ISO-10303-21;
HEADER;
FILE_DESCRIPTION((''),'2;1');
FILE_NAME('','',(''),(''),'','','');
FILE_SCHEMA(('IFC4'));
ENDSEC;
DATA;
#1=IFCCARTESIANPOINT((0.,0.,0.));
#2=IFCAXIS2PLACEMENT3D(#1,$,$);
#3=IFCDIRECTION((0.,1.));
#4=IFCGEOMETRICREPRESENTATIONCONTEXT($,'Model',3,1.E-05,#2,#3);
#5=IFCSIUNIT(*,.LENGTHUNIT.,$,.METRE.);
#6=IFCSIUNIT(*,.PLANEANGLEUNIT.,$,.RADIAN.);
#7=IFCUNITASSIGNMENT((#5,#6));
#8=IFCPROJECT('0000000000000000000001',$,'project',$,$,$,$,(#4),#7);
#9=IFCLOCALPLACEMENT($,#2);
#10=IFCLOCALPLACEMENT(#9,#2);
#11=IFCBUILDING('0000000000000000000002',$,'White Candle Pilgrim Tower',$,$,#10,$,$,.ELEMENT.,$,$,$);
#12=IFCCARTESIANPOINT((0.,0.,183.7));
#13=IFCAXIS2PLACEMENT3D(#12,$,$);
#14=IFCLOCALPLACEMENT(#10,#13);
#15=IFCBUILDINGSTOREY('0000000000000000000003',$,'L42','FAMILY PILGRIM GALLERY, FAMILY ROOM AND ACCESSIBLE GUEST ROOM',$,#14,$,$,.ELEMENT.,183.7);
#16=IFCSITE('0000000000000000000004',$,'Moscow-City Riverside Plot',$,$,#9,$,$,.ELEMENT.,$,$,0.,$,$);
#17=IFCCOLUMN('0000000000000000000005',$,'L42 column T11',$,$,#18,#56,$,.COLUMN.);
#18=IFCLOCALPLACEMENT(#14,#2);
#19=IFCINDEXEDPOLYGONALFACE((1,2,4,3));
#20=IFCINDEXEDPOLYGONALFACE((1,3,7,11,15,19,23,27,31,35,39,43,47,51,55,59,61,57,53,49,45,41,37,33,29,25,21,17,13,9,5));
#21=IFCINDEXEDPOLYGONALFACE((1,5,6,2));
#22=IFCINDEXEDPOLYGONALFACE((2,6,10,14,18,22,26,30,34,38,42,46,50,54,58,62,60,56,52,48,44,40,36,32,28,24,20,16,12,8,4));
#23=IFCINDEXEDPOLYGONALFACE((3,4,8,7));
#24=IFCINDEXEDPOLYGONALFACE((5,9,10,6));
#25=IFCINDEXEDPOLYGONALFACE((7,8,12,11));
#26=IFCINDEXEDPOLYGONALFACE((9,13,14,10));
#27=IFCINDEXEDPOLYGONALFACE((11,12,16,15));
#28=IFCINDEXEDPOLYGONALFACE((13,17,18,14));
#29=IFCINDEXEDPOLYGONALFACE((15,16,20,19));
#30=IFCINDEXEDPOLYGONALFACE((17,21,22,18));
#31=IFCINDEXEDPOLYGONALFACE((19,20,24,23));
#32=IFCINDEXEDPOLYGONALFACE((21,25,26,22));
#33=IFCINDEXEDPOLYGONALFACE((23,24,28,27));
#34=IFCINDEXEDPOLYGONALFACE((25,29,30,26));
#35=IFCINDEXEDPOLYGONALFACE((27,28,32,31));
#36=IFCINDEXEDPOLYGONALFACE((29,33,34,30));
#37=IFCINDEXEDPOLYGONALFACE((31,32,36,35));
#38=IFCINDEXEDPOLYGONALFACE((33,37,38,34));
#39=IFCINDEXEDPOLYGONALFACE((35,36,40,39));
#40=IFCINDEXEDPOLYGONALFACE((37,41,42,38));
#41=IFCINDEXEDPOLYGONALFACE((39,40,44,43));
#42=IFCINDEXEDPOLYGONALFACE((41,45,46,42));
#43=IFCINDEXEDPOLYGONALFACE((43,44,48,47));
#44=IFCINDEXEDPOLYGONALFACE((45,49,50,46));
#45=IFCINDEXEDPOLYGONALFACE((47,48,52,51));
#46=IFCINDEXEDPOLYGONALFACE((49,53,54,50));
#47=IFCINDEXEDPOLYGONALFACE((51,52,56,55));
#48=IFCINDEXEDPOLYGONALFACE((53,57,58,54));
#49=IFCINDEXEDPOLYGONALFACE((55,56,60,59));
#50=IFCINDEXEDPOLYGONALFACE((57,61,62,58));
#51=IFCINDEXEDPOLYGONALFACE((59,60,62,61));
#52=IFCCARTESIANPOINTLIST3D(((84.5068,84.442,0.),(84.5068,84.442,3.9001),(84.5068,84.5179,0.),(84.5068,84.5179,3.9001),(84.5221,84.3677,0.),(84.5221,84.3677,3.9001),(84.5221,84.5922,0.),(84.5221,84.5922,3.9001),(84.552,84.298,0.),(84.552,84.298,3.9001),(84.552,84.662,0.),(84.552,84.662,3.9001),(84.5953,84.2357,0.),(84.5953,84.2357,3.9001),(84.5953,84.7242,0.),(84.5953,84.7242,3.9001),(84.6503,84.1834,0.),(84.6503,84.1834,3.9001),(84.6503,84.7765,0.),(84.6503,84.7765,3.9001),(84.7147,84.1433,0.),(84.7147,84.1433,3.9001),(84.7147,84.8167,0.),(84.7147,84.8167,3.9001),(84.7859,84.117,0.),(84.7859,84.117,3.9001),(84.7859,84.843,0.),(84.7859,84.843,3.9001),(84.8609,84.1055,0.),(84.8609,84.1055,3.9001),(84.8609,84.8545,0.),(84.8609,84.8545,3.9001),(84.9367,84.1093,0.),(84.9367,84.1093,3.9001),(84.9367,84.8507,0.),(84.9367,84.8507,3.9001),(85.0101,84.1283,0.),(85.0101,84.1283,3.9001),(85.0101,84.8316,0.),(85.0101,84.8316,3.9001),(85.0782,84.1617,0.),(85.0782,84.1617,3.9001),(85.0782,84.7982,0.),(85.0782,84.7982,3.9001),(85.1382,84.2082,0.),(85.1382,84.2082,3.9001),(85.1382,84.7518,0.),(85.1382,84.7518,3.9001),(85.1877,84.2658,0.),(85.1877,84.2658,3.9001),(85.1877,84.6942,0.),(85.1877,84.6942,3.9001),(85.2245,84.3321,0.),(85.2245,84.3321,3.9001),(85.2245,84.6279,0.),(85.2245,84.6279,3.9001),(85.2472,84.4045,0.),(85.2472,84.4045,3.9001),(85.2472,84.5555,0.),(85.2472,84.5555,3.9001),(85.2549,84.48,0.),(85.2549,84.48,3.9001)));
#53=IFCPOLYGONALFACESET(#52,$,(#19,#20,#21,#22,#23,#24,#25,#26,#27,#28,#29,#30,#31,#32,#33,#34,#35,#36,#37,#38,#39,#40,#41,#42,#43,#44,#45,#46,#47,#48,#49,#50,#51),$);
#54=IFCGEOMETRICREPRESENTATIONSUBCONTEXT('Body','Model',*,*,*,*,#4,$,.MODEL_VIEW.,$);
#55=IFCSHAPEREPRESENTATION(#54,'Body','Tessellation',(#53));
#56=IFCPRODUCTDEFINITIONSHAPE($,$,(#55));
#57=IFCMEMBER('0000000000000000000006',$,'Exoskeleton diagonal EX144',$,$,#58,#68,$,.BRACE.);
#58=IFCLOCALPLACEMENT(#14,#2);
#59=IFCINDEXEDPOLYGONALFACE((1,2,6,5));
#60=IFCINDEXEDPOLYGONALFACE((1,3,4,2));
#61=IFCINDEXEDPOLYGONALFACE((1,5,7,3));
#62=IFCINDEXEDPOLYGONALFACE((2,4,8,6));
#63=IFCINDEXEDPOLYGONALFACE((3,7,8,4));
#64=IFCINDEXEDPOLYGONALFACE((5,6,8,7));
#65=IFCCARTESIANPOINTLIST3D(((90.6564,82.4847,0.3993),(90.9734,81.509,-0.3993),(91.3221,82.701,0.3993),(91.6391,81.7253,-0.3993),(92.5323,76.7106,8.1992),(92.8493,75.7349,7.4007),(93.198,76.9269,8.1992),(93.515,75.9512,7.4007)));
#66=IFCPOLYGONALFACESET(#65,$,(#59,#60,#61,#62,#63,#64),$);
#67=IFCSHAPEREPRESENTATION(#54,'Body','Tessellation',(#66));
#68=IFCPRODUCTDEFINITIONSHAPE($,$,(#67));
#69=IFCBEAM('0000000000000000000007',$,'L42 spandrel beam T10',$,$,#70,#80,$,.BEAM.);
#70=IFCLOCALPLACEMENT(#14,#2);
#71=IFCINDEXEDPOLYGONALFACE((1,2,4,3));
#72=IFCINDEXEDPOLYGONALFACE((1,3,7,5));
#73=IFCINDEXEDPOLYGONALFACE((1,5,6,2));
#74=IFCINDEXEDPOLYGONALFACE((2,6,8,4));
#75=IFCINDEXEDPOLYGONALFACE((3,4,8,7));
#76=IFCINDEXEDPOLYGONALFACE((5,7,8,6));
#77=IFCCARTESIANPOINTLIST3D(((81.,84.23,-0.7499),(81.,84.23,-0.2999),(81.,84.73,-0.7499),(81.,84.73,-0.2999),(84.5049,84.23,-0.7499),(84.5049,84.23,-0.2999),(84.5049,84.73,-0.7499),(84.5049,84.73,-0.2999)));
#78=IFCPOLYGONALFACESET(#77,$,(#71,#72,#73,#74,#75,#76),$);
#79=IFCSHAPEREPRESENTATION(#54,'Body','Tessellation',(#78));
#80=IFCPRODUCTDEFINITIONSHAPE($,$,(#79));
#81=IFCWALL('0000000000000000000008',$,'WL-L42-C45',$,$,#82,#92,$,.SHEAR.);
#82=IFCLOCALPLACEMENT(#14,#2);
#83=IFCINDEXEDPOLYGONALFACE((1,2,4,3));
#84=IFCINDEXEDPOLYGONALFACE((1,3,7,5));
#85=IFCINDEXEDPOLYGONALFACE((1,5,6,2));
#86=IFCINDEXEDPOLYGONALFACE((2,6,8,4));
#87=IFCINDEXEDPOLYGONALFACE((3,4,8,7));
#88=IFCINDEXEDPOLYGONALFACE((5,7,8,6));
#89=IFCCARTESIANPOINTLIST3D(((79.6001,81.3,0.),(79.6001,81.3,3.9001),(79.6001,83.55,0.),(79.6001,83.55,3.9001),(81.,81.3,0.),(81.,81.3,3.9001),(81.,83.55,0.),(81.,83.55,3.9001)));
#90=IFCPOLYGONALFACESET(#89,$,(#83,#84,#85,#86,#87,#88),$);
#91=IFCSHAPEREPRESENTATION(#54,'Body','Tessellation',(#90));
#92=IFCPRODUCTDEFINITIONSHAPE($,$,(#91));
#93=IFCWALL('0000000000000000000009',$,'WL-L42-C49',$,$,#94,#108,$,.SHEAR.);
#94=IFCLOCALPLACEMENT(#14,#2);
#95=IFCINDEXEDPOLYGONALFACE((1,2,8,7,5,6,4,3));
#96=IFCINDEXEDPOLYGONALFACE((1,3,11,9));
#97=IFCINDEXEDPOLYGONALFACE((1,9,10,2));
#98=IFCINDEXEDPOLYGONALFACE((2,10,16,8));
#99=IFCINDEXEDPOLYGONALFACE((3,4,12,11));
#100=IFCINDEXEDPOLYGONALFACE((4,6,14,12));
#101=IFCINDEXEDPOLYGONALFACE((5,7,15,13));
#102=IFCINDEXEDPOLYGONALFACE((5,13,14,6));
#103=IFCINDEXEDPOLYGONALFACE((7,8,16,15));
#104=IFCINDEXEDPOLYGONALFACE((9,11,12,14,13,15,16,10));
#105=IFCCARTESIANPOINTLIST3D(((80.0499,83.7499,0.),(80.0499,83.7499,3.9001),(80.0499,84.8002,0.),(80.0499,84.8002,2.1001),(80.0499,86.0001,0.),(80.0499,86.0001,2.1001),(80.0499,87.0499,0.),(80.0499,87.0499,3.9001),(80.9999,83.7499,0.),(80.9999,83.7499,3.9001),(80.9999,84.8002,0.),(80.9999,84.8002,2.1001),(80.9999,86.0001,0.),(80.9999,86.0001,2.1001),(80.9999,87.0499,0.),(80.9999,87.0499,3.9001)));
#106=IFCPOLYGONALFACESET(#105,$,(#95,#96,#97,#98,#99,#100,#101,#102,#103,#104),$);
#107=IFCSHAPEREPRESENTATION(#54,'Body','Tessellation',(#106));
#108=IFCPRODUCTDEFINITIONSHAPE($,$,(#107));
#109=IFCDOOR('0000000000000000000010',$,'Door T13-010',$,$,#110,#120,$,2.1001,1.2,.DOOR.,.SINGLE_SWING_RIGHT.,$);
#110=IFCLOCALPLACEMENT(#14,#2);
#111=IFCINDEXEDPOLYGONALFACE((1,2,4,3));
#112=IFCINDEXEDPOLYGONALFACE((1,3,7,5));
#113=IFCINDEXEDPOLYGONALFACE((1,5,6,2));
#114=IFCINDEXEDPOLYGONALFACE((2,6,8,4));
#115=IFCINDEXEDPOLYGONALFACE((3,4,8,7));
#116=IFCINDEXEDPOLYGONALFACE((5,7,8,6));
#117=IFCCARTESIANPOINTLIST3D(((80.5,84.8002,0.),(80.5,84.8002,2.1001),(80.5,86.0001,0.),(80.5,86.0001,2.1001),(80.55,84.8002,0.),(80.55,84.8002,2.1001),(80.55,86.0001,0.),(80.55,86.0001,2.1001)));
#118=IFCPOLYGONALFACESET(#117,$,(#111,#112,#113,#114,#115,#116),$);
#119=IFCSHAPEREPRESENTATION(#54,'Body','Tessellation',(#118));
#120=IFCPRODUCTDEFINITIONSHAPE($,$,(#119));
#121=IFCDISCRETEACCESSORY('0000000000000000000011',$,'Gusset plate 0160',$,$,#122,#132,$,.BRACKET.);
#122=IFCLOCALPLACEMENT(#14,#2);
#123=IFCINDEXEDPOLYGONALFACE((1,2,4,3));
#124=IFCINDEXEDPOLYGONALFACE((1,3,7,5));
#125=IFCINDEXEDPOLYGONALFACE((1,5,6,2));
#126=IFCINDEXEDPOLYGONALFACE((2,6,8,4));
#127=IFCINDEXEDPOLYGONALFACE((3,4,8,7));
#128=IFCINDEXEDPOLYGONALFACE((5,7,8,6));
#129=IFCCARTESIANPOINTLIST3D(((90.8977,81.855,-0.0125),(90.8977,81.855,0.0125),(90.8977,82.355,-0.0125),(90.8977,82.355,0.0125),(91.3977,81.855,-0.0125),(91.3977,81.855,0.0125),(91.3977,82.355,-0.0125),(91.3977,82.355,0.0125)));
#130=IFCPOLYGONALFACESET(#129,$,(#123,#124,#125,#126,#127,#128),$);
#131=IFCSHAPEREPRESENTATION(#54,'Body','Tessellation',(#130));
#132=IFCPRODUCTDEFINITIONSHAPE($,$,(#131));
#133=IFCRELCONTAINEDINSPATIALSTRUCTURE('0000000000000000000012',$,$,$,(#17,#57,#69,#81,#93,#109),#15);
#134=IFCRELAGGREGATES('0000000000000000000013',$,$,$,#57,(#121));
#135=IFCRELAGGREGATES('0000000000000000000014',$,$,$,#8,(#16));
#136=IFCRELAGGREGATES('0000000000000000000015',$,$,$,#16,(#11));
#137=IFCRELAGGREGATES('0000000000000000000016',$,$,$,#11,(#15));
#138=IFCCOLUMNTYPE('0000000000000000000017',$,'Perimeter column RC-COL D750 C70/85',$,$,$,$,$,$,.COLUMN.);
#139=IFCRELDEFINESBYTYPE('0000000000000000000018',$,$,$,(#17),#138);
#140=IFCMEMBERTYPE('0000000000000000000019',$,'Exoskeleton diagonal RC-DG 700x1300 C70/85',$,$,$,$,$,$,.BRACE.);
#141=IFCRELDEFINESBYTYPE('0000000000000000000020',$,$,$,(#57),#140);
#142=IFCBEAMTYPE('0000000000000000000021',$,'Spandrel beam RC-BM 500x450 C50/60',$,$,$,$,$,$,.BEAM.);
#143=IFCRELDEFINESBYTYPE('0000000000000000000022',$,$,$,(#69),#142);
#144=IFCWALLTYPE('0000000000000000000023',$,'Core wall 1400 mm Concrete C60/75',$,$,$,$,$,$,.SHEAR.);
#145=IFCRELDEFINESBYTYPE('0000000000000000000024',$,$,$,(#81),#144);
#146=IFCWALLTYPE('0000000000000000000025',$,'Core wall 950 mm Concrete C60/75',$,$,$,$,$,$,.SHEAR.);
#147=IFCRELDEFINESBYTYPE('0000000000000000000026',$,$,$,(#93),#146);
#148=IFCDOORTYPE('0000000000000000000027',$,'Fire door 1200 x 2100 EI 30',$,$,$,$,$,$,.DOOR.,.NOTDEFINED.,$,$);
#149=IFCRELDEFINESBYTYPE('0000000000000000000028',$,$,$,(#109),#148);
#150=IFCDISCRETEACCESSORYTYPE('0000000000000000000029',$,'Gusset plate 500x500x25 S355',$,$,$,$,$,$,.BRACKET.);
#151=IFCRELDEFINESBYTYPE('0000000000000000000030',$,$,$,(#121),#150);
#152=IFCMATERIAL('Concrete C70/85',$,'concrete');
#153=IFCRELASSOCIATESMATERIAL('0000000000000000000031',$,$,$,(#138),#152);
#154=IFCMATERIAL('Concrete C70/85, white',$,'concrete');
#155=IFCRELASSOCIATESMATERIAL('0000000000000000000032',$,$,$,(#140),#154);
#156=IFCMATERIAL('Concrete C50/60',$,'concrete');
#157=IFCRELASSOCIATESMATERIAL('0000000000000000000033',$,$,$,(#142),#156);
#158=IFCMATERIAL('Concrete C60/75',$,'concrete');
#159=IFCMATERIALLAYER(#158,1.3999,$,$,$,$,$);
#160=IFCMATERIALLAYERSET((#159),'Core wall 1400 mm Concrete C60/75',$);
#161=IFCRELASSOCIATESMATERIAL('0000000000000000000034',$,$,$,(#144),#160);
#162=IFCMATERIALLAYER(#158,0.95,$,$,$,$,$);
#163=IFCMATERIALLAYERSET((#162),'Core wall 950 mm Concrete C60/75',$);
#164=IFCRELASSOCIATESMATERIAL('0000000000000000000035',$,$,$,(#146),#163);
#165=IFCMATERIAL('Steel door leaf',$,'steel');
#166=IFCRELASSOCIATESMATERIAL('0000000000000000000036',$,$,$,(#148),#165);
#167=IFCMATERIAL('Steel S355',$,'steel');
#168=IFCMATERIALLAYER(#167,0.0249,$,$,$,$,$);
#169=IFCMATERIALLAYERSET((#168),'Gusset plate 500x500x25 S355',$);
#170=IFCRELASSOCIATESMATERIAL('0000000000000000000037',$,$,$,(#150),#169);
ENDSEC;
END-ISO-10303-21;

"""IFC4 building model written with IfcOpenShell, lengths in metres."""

from ifc_helpers import new_model, si_unit, direction, frame, frame_2d, origin, origin_2d, place, context, subcontext, project, spatial, rectangle, circle, extrude, material, layer, layer_set, material_profile, profile_set, type_object, element, fill, aggregate, save


model = new_model("IFC4")

# Units and contexts
model_context = context("Model", 3, precision=1e-05, world=origin(), true_north=direction((0.0, 1.0)))
body_context = subcontext(model_context, "Body", "Model", "MODEL_VIEW")
ifc_project = project(units=[si_unit("LENGTHUNIT", "METRE"), si_unit("PLANEANGLEUNIT", "RADIAN")], contexts=[model_context])

# Site, building, storey
site_placement = place(None, origin())
site = spatial("IfcSite", under=ifc_project, at=site_placement, Name="Moscow-City Riverside Plot", CompositionType="ELEMENT", RefElevation=0.0)
building_placement = place(site_placement, origin())
building = spatial("IfcBuilding", under=site, at=building_placement, Name="White Candle Pilgrim Tower", CompositionType="ELEMENT")
storey_placement = place(building_placement, frame((0.0, 0.0, 183.7)))
storey = spatial("IfcBuildingStorey", under=building, at=storey_placement, Name="L42", Description="FAMILY PILGRIM GALLERY, FAMILY ROOM AND ACCESSIBLE GUEST ROOM", CompositionType="ELEMENT", Elevation=183.7)

# Column
ifc_material_1 = material(Name="Concrete C70/85", Category="concrete")
ifc_material_profile_1 = material_profile(ifc_material_1, circle(Radius=0.375, at=origin_2d()), Name="RC-COL D750")
ifc_profile_set_1 = profile_set([ifc_material_profile_1], Name="Concrete C70/85")
column_type = type_object("IfcColumnType", Name="Perimeter column RC-COL D750 C70/85", PredefinedType="COLUMN", material=ifc_profile_set_1)
column_placement = place(storey_placement, frame((84.8799, 84.48, 0.0), z_axis=(0.0, 0.0, 1.0), x_axis=(1.0, 0.0, 0.0)))
element("IfcColumn", 1, at=column_placement, inside=storey, type_object=column_type, Name="L42 column T11", PredefinedType="COLUMN", context=body_context, shape_type="SweptSolid", body=[
    extrude(circle(Radius=0.375, at=origin_2d()), origin(), (0.0, 0.0, 1.0), 3.9001),
])

# Member
ifc_material_2 = material(Name="Concrete C70/85, white", Category="concrete")
ifc_material_profile_2 = material_profile(ifc_material_2, rectangle(XDim=0.7, YDim=1.3, at=origin_2d()), Name="RC-DG 700x1300")
ifc_profile_set_2 = profile_set([ifc_material_profile_2], Name="Concrete C70/85, white")
member_type = type_object("IfcMemberType", Name="Exoskeleton diagonal RC-DG 700x1300 C70/85", PredefinedType="BRACE", material=ifc_profile_set_2)
member_placement = place(storey_placement, frame((91.1477, 82.105, 0.0), z_axis=(0.189792, -0.584171, 0.789128), x_axis=(0.951065, 0.308992, 0.0)))
member = element("IfcMember", 2, at=member_placement, inside=storey, type_object=member_type, Name="Exoskeleton diagonal EX144", PredefinedType="BRACE", context=body_context, shape_type="SweptSolid", body=[
    extrude(rectangle(XDim=0.7, YDim=1.3, at=origin_2d()), origin(), (0.0, 0.0, 1.0), 9.8843),
])

# Beam
ifc_material_3 = material(Name="Concrete C50/60", Category="concrete")
ifc_material_profile_3 = material_profile(ifc_material_3, rectangle(XDim=0.5, YDim=0.45, at=origin_2d()), Name="RC-BM 500x450")
ifc_profile_set_3 = profile_set([ifc_material_profile_3], Name="Concrete C50/60")
beam_type = type_object("IfcBeamType", Name="Spandrel beam RC-BM 500x450 C50/60", PredefinedType="BEAM", material=ifc_profile_set_3)
beam_placement = place(storey_placement, frame((84.5049, 84.48, -0.5249), z_axis=(-1.0, 0.0, 0.0), x_axis=(0.0, -1.0, 0.0)))
element("IfcBeam", 3, at=beam_placement, inside=storey, type_object=beam_type, Name="L42 spandrel beam T10", PredefinedType="BEAM", context=body_context, shape_type="SweptSolid", body=[
    extrude(rectangle(XDim=0.5, YDim=0.45, at=origin_2d()), origin(), (0.0, 0.0, 1.0), 3.5049),
])

# Wall
ifc_material_4 = material(Name="Concrete C60/75", Category="concrete")
ifc_layer_1 = layer(ifc_material_4, 1.3999)
ifc_layer_set_1 = layer_set([ifc_layer_1], Name="Core wall 1400 mm Concrete C60/75")
wall_type_1 = type_object("IfcWallType", Name="Core wall 1400 mm Concrete C60/75", PredefinedType="SHEAR", material=ifc_layer_set_1)
wall_1_placement = place(storey_placement, frame((80.3, 81.3, 0.0), z_axis=(0.0, 0.0, 1.0), x_axis=(0.0, 1.0, 0.0)))
element("IfcWall", 4, at=wall_1_placement, inside=storey, type_object=wall_type_1, Name="WL-L42-C45", PredefinedType="SHEAR", context=body_context, shape_type="SweptSolid", body=[
    extrude(rectangle(XDim=2.25, YDim=1.3999, at=frame_2d((1.125, 0.0))), origin(), (0.0, 0.0, 1.0), 3.9001),
])

# Wall, opening, door
ifc_layer_2 = layer(ifc_material_4, 0.95)
ifc_layer_set_2 = layer_set([ifc_layer_2], Name="Core wall 950 mm Concrete C60/75")
wall_type_2 = type_object("IfcWallType", Name="Core wall 950 mm Concrete C60/75", PredefinedType="SHEAR", material=ifc_layer_set_2)
wall_2_placement = place(storey_placement, frame((80.5249, 83.75, 0.0), z_axis=(0.0, 0.0, 1.0), x_axis=(0.0, 1.0, 0.0)))
wall_2 = element("IfcWall", 5, at=wall_2_placement, inside=storey, type_object=wall_type_2, Name="WL-L42-C49", PredefinedType="SHEAR", context=body_context, shape_type="SweptSolid", body=[
    extrude(rectangle(XDim=3.3, YDim=0.95, at=frame_2d((1.6499, 0.0))), origin(), (0.0, 0.0, 1.0), 3.9001),
])
opening_1_placement = place(wall_2_placement, frame((1.05, 0.0, 0.0)))
opening_1 = element("IfcOpeningElement", 6, at=opening_1_placement, cuts=wall_2, PredefinedType="OPENING", context=body_context, shape_type="SweptSolid", body=[
    extrude(rectangle(XDim=1.2, YDim=2.1001, at=frame_2d((0.6001, 1.05))), frame((0.0, 0.4849, 0.0), z_axis=(0.0, -1.0, 0.0), x_axis=(1.0, 0.0, 0.0)), (0.0, 0.0, 1.0), 0.97),
])
ifc_material_5 = material(Name="Steel door leaf", Category="steel")
door_type_1 = type_object("IfcDoorType", Name="Fire door 1200 x 2100 EI 30", OperationType="NOTDEFINED", PredefinedType="DOOR", material=ifc_material_5)
door_1_placement = place(opening_1_placement, origin())
door_1 = element("IfcDoor", 7, at=door_1_placement, inside=storey, type_object=door_type_1, Name="Door T13-010", OperationType="SINGLE_SWING_RIGHT", OverallHeight=2.1001, OverallWidth=1.2, PredefinedType="DOOR", context=body_context, shape_type="SweptSolid", body=[
    extrude(rectangle(XDim=1.2, YDim=2.1001, at=frame_2d((0.6001, 1.05))), frame((0.0, 0.0249, 0.0), z_axis=(0.0, -1.0, 0.0), x_axis=(1.0, 0.0, 0.0)), (0.0, 0.0, 1.0), 0.05),
])
fill(opening_1, door_1)

# Discrete accessory
ifc_material_6 = material(Name="Steel S355", Category="steel")
ifc_layer_3 = layer(ifc_material_6, 0.0249)
ifc_layer_set_3 = layer_set([ifc_layer_3], Name="Gusset plate 500x500x25 S355")
discrete_accessory_type = type_object("IfcDiscreteAccessoryType", Name="Gusset plate 500x500x25 S355", PredefinedType="BRACKET", material=ifc_layer_set_3)
discrete_accessory_placement = place(storey_placement, frame((91.1477, 82.105, -0.0125), z_axis=(0.0, 0.0, 1.0), x_axis=(1.0, 0.0, 0.0)))
discrete_accessory = element("IfcDiscreteAccessory", 8, at=discrete_accessory_placement, type_object=discrete_accessory_type, Name="Gusset plate 0160", PredefinedType="BRACKET", context=body_context, shape_type="SweptSolid", body=[
    extrude(rectangle(XDim=0.5, YDim=0.5, at=origin_2d()), origin(), (0.0, 0.0, 1.0), 0.0249),
])
aggregate(member, [discrete_accessory])

save(model, "model.ifc")
